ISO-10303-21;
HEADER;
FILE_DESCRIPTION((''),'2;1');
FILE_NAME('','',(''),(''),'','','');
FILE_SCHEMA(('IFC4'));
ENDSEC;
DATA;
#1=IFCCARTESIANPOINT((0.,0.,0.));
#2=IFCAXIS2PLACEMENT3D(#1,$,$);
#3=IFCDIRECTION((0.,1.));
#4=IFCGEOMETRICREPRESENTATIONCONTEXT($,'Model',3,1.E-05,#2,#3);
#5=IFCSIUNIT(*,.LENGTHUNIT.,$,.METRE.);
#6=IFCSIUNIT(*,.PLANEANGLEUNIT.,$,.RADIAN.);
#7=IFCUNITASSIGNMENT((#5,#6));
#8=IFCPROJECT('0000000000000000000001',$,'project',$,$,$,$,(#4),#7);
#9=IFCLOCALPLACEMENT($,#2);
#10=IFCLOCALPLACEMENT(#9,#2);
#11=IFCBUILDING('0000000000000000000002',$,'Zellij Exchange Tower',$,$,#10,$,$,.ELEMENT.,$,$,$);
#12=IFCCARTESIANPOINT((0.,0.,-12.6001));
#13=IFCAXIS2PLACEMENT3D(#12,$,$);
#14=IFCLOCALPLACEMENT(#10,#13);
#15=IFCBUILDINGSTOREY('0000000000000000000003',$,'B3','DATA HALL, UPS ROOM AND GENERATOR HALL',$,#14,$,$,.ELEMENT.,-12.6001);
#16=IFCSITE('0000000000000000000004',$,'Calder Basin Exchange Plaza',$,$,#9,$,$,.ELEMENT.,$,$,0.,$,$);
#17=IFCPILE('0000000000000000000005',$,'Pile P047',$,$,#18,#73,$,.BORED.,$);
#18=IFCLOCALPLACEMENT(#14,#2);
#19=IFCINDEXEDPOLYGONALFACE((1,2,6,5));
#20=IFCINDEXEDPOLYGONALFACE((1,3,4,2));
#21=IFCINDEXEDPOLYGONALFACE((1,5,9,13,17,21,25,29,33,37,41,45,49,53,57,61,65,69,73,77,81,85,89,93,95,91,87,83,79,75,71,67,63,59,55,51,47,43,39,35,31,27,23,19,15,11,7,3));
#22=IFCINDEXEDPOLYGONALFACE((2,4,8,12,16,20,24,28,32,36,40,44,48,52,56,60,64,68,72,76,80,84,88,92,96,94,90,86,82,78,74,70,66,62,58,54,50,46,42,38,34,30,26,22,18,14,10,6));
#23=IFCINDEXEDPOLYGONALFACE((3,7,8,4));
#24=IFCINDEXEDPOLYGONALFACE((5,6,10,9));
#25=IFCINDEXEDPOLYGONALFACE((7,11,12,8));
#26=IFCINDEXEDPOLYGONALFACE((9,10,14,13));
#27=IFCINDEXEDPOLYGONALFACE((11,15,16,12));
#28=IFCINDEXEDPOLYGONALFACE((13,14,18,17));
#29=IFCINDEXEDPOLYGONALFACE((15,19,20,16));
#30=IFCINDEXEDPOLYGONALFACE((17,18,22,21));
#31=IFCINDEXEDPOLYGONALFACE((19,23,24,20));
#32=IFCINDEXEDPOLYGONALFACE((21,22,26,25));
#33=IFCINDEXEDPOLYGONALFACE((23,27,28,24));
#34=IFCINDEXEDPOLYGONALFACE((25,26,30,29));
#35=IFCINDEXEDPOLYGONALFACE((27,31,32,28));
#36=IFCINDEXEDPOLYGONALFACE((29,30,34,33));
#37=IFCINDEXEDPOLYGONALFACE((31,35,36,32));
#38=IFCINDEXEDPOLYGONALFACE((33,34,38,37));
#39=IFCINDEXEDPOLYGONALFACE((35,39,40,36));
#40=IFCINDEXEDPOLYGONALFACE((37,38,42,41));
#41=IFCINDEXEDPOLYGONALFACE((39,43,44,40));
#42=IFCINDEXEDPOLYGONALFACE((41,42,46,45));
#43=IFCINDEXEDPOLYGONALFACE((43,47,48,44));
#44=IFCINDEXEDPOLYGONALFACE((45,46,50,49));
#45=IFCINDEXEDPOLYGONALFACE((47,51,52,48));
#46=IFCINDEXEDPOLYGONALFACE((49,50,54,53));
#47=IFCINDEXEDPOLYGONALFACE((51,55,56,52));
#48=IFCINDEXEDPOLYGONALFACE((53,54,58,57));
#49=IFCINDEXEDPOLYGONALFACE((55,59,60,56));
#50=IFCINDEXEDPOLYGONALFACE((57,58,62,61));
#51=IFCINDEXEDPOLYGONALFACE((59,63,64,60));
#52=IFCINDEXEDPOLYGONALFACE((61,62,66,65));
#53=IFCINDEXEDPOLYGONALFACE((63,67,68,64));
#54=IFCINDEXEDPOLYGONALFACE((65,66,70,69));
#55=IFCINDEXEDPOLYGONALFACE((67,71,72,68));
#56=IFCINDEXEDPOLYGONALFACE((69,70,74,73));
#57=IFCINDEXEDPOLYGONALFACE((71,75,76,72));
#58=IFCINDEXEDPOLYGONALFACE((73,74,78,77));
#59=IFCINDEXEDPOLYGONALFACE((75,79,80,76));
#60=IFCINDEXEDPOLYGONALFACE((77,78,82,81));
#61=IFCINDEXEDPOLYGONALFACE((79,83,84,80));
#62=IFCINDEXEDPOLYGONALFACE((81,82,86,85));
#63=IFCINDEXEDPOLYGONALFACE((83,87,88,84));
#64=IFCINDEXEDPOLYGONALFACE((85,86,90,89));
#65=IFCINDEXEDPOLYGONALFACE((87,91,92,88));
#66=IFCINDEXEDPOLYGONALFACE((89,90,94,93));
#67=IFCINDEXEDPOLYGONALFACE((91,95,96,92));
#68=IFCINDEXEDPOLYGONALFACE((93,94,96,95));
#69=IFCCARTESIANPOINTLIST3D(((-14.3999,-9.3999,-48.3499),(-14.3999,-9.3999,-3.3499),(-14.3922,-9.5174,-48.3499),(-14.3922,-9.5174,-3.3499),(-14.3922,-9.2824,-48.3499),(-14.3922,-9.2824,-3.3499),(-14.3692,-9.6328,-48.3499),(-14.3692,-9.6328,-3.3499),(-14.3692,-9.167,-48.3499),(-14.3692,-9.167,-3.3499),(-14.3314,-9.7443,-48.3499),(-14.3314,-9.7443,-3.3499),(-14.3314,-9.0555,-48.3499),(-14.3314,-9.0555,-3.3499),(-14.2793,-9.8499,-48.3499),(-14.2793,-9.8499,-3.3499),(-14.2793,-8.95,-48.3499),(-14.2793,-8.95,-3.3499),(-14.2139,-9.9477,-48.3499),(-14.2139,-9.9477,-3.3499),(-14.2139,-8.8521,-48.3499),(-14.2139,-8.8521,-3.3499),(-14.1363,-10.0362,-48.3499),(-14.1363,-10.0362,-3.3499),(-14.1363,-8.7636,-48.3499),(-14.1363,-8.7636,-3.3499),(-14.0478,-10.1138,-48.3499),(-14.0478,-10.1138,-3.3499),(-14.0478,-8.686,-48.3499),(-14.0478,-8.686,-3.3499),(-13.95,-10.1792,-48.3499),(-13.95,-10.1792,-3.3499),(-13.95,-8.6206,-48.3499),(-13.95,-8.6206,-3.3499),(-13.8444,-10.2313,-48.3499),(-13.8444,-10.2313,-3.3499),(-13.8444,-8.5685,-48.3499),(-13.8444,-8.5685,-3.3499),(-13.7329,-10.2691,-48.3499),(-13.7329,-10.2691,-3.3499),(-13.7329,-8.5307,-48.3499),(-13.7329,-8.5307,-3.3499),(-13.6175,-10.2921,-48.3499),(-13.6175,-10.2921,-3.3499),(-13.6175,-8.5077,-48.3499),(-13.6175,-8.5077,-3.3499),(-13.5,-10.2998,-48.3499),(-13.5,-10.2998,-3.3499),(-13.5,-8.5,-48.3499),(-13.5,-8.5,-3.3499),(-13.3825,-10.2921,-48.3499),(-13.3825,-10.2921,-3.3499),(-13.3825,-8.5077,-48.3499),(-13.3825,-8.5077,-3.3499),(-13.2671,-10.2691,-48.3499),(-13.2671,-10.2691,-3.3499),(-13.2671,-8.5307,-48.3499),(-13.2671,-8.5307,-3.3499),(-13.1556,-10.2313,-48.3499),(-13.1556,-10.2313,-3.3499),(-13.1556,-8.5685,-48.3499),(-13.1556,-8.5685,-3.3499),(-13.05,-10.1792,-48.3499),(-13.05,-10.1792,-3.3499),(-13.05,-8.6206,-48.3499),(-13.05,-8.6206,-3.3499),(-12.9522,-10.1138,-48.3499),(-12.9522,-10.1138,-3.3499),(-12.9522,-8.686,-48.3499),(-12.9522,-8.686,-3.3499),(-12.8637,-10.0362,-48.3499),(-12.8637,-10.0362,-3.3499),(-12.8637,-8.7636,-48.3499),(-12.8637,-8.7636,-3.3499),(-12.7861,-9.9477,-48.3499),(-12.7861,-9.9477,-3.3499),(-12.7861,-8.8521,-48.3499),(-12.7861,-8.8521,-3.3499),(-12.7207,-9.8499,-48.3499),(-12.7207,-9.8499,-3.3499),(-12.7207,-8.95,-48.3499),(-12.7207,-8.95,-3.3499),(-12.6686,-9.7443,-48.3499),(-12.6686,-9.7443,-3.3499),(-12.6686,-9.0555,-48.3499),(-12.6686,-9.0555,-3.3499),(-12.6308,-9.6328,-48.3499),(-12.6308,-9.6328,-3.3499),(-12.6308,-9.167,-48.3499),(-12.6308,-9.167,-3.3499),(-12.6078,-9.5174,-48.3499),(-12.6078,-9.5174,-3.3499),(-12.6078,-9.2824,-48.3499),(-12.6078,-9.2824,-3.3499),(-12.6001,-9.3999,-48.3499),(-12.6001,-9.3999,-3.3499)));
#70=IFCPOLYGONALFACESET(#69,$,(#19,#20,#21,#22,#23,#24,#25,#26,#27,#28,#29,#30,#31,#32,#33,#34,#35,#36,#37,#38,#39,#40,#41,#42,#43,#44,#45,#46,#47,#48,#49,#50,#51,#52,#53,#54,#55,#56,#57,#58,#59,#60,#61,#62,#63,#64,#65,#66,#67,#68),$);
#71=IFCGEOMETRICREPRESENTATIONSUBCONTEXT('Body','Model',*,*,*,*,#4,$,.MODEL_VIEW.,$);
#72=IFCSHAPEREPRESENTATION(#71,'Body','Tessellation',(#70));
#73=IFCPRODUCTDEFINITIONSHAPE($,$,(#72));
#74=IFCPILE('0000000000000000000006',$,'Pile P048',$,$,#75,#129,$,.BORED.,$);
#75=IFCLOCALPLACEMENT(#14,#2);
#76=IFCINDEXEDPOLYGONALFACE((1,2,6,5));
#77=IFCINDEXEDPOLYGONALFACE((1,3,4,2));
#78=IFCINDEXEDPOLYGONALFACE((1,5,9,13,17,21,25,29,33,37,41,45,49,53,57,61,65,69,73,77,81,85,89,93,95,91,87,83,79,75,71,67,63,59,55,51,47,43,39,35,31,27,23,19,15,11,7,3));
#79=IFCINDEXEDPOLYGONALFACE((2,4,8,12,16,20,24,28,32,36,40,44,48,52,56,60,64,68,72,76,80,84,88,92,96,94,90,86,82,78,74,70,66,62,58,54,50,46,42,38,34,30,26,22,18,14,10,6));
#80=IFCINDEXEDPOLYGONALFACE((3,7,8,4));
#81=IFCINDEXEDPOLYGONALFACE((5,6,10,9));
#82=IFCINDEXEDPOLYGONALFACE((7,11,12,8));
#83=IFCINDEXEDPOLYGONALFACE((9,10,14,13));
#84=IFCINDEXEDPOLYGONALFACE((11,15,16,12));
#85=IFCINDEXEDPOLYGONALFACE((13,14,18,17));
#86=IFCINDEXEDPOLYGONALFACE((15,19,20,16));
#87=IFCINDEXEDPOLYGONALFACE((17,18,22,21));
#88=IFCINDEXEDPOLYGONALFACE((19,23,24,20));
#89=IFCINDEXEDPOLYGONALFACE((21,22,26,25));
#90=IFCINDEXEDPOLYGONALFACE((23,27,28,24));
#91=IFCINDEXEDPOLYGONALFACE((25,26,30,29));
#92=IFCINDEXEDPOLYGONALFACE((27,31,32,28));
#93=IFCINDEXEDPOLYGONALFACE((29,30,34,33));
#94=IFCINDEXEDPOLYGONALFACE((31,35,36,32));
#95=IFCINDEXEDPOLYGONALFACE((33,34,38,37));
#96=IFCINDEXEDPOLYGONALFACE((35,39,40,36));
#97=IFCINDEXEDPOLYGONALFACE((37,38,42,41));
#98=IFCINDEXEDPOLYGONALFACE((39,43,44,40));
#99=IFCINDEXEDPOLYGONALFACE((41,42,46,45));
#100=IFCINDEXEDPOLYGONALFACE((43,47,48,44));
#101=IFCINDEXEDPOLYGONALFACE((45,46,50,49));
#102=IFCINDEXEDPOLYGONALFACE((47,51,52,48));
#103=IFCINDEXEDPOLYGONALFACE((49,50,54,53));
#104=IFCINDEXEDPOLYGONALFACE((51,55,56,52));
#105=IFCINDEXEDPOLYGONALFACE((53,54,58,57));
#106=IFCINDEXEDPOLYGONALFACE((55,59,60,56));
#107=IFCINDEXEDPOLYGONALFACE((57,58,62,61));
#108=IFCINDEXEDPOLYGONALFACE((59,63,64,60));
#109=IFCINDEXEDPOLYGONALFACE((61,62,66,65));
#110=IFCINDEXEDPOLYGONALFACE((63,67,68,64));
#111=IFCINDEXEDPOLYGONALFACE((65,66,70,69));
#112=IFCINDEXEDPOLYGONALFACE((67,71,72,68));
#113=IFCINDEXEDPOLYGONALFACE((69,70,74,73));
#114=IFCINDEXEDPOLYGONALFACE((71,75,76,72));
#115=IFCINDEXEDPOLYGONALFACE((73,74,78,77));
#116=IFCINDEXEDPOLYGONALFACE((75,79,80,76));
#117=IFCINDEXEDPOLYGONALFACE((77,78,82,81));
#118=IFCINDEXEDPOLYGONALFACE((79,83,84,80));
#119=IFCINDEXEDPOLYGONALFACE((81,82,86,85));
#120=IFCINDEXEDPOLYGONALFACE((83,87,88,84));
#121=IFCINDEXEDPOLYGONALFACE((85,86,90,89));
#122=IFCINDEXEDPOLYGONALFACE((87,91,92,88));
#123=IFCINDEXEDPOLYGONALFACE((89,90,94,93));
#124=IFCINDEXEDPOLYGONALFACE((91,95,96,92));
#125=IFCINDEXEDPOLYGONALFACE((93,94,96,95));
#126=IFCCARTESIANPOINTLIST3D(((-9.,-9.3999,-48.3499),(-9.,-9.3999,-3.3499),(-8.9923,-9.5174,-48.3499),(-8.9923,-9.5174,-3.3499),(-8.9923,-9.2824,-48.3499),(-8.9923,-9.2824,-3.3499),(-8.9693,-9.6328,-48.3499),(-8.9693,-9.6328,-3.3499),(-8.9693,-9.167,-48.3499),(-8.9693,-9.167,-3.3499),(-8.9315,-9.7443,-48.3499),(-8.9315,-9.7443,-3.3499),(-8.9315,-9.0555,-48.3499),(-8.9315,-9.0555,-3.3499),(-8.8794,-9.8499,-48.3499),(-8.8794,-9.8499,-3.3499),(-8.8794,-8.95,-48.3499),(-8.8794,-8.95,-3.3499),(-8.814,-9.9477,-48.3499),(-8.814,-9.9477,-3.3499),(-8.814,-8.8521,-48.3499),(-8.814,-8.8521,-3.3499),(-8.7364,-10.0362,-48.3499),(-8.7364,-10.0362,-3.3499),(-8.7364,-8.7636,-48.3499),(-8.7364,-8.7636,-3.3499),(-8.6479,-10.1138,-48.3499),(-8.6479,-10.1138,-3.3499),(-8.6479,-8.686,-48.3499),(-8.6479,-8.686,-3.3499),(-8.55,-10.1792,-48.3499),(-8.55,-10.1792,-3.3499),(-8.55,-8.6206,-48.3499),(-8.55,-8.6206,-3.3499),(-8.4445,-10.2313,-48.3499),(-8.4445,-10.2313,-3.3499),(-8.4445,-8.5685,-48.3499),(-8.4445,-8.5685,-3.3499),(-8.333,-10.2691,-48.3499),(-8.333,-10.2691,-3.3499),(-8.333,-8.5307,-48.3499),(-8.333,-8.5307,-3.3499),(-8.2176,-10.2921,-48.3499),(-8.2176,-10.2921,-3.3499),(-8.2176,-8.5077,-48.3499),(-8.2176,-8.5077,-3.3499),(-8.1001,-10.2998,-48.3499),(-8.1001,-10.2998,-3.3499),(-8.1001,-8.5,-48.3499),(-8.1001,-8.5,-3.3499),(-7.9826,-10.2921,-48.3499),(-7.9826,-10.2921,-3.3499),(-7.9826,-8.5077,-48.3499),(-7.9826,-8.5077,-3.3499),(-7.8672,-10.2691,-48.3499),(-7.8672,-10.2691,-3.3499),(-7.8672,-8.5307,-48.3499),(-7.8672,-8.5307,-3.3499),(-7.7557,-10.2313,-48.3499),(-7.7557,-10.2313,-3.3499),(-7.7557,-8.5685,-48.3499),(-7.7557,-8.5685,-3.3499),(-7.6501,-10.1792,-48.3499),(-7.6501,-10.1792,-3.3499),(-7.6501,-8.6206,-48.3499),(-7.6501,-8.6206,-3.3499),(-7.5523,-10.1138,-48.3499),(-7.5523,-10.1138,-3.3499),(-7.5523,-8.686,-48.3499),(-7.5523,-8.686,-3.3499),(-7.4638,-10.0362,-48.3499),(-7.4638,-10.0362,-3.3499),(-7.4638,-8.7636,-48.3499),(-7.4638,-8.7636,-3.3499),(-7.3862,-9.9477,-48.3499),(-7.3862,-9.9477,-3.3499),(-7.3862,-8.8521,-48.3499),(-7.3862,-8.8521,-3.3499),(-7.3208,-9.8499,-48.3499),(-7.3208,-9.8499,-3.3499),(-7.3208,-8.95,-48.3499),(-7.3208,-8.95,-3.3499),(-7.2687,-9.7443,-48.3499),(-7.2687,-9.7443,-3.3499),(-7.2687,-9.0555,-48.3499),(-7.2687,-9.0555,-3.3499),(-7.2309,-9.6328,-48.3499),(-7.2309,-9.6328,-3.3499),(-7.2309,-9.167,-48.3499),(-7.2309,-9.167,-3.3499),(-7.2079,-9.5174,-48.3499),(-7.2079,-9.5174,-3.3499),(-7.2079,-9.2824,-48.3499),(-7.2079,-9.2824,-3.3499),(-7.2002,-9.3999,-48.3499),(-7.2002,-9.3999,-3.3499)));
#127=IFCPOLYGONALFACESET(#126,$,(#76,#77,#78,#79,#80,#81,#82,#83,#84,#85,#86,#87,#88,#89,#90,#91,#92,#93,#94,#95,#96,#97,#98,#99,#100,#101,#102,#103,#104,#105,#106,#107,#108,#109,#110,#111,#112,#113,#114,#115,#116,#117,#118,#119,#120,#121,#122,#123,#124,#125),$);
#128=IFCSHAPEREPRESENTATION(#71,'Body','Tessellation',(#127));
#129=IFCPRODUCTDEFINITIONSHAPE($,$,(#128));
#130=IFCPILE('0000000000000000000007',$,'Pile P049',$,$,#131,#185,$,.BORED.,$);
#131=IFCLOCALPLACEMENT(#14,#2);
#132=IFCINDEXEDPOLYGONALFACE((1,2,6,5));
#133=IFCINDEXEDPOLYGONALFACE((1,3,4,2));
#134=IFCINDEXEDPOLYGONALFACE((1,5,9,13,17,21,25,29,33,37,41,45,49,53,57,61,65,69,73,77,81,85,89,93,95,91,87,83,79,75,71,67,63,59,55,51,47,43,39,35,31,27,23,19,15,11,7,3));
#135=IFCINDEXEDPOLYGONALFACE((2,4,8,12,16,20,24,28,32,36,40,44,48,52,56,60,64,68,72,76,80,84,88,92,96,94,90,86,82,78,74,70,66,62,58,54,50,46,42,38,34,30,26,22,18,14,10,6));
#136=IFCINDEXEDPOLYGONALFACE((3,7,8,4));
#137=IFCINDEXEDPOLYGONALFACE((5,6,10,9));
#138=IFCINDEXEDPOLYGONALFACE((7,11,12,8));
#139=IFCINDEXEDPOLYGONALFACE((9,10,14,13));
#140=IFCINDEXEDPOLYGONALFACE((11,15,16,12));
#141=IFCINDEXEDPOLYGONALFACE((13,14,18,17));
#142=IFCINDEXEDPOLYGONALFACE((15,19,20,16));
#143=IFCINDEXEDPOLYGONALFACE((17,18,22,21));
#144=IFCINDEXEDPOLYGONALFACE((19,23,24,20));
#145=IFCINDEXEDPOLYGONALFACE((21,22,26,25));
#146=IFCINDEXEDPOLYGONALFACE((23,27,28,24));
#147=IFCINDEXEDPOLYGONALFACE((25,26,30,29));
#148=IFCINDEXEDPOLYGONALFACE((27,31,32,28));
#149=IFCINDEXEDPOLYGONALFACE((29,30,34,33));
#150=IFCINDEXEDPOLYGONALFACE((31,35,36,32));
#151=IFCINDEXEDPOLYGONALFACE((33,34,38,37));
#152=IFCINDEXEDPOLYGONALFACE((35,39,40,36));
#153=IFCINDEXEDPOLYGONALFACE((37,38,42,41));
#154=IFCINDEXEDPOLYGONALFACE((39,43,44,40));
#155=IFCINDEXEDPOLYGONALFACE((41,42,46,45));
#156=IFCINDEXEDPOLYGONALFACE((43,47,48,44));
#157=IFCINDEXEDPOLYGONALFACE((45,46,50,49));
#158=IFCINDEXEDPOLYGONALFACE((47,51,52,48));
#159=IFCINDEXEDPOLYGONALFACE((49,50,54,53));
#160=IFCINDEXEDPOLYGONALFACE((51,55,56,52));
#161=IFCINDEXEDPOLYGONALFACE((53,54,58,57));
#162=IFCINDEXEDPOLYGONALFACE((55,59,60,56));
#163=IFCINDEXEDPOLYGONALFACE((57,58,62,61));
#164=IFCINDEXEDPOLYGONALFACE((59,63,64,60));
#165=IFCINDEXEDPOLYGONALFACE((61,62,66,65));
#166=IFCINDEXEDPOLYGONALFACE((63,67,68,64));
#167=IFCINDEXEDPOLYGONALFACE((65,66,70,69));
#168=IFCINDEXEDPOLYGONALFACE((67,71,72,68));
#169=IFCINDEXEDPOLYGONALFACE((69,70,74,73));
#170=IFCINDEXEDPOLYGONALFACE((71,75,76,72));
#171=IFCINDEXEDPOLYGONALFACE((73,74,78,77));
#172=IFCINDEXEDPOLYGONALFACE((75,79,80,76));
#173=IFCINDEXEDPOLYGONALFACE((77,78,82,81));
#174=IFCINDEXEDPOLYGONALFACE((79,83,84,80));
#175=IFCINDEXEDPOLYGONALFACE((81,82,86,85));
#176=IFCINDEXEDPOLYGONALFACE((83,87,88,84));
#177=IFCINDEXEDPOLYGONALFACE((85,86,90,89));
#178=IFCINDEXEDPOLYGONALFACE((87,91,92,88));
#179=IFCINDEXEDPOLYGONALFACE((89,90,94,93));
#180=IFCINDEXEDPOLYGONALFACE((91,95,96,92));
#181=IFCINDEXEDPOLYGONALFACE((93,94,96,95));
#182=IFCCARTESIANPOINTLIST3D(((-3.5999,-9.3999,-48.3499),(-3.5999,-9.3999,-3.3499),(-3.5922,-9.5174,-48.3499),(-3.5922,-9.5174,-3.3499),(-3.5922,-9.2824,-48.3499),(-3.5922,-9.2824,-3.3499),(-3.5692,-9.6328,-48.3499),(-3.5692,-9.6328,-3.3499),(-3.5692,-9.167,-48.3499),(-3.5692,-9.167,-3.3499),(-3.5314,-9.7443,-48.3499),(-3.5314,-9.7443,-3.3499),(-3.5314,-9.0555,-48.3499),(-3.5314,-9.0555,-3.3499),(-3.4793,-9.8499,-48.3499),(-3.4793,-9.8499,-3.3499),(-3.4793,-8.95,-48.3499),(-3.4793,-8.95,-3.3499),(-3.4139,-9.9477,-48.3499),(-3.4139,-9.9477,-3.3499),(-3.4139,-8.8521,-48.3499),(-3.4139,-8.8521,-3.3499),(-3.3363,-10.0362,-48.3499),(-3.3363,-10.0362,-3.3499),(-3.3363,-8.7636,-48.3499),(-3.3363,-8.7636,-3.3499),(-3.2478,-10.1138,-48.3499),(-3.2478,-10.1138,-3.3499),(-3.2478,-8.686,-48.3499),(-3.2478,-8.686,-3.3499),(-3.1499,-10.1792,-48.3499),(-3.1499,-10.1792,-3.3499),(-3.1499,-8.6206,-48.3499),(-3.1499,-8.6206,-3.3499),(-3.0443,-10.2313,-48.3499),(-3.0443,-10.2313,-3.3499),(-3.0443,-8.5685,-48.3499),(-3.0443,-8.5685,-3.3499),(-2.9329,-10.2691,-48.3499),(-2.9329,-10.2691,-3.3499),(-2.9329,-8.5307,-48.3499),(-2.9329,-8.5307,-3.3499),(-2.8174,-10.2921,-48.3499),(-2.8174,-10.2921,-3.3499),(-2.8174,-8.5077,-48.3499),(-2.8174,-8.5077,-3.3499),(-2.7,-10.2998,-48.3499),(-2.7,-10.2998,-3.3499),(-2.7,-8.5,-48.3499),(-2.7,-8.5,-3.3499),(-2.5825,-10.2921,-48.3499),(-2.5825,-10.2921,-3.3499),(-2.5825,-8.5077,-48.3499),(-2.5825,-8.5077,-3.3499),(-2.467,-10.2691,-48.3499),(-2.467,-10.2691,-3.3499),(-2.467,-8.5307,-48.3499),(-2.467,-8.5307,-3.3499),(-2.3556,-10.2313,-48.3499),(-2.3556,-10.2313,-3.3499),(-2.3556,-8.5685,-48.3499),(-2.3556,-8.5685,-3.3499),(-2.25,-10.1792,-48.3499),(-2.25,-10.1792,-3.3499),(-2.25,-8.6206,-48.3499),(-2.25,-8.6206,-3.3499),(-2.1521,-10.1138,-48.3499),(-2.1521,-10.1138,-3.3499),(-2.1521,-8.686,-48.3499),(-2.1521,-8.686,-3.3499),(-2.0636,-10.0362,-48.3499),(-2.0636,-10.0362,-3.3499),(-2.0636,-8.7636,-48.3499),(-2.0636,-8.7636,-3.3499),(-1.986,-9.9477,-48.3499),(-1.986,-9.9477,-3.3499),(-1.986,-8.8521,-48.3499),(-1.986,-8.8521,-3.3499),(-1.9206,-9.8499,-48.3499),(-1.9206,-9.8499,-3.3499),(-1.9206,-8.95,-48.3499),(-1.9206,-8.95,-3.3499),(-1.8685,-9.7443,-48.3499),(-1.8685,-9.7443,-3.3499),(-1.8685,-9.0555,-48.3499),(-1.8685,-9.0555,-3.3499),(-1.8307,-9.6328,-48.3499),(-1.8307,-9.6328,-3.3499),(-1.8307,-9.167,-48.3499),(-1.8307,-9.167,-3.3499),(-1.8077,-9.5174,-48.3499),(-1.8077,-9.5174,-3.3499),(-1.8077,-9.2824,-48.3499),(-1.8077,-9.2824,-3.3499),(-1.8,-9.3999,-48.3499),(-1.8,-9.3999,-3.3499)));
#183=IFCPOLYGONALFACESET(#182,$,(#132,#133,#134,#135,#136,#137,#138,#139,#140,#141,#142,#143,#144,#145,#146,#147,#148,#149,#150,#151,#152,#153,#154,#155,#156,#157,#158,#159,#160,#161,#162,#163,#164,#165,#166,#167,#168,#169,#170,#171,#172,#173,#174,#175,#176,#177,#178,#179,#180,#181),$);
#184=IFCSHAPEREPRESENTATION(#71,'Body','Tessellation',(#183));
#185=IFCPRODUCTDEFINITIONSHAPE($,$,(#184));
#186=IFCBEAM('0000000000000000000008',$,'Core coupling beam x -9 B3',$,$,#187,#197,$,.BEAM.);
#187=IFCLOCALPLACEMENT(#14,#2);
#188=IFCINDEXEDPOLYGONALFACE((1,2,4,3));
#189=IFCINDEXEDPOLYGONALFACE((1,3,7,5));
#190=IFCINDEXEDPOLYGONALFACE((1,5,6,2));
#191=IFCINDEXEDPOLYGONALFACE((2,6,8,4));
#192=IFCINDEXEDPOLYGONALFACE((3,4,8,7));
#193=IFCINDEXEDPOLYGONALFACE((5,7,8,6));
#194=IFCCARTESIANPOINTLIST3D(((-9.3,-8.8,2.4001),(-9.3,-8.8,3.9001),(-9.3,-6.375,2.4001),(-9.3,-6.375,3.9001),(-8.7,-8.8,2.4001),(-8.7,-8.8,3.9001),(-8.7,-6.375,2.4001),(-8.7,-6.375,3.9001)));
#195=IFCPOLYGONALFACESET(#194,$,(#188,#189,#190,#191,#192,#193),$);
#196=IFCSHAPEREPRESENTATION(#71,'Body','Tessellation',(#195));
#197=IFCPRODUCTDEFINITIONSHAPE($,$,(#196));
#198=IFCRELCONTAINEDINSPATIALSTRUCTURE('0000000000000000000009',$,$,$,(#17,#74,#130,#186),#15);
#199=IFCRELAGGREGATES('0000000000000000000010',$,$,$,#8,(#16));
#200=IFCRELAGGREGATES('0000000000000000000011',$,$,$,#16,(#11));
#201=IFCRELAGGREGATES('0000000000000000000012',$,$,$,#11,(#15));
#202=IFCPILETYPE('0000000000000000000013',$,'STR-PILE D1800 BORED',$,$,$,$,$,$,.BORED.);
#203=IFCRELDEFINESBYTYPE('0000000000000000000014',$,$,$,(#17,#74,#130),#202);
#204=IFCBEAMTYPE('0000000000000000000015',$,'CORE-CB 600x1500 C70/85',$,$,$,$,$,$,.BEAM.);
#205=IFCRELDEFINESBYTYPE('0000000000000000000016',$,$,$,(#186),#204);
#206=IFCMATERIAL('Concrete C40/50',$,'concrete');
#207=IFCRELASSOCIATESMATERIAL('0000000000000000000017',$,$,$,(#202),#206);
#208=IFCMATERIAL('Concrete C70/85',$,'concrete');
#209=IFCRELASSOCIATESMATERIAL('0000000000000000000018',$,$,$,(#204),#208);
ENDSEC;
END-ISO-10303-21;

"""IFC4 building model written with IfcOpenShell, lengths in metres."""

from ifc_helpers import new_model, si_unit, direction, frame, origin, origin_2d, place, context, subcontext, project, spatial, rectangle, circle, extrude, material, material_profile, profile_set, type_object, element, save


model = new_model("IFC4")

# Units and contexts
model_context = context("Model", 3, precision=1e-05, world=origin(), true_north=direction((0.0, 1.0)))
body_context = subcontext(model_context, "Body", "Model", "MODEL_VIEW")
ifc_project = project(units=[si_unit("LENGTHUNIT", "METRE"), si_unit("PLANEANGLEUNIT", "RADIAN")], contexts=[model_context])

# Site, building, storey
site_placement = place(None, origin())
site = spatial("IfcSite", under=ifc_project, at=site_placement, Name="Calder Basin Exchange Plaza", CompositionType="ELEMENT", RefElevation=0.0)
building_placement = place(site_placement, origin())
building = spatial("IfcBuilding", under=site, at=building_placement, Name="Zellij Exchange Tower", CompositionType="ELEMENT")
storey_placement = place(building_placement, frame((0.0, 0.0, -12.6001)))
storey = spatial("IfcBuildingStorey", under=building, at=storey_placement, Name="B3", Description="DATA HALL, UPS ROOM AND GENERATOR HALL", CompositionType="ELEMENT", Elevation=-12.6001)

# Piles
ifc_material_1 = material(Name="Concrete C40/50", Category="concrete")
ifc_material_profile_1 = material_profile(ifc_material_1, circle(Radius=0.8999, at=origin_2d()), Name="STR-PILE D1800 BORED")
ifc_profile_set_1 = profile_set([ifc_material_profile_1], Name="Concrete C40/50")
pile_type = type_object("IfcPileType", Name="STR-PILE D1800 BORED", PredefinedType="BORED", material=ifc_profile_set_1)
for number, where, z_axis, x_axis, name in (
    (1, (-13.5, -9.3999, -3.3499), (0.0, 0.0, -1.0), (1.0, 0.0, 0.0), "Pile P047"),
    (2, (-8.1001, -9.3999, -3.3499), (0.0, 0.0, -1.0), (1.0, 0.0, 0.0), "Pile P048"),
    (3, (-2.7, -9.3999, -3.3499), (0.0, 0.0, -1.0), (1.0, 0.0, 0.0), "Pile P049"),
):
    element("IfcPile", number, at=place(storey_placement, frame(where, z_axis=z_axis, x_axis=x_axis)), inside=storey, type_object=pile_type, Name=name, PredefinedType="BORED", context=body_context, shape_type="SweptSolid", body=[
        extrude(circle(Radius=0.8999, at=origin_2d()), origin(), (0.0, 0.0, 1.0), 45.0),
    ])

# Beam
ifc_material_2 = material(Name="Concrete C70/85", Category="concrete")
ifc_material_profile_2 = material_profile(ifc_material_2, rectangle(XDim=0.6001, YDim=1.5, at=origin_2d()), Name="CORE-CB 600x1500 C70/85")
ifc_profile_set_2 = profile_set([ifc_material_profile_2], Name="Concrete C70/85")
beam_type = type_object("IfcBeamType", Name="CORE-CB 600x1500 C70/85", PredefinedType="BEAM", material=ifc_profile_set_2)
beam_placement = place(storey_placement, frame((-9.0, -8.8, 3.1501), z_axis=(0.0, 1.0, 0.0), x_axis=(-1.0, 0.0, 0.0)))
element("IfcBeam", 4, at=beam_placement, inside=storey, type_object=beam_type, Name="Core coupling beam x -9 B3", PredefinedType="BEAM", context=body_context, shape_type="SweptSolid", body=[
    extrude(rectangle(XDim=0.6001, YDim=1.5, at=origin_2d()), origin(), (0.0, 0.0, 1.0), 2.425),
])

save(model, "model.ifc")
